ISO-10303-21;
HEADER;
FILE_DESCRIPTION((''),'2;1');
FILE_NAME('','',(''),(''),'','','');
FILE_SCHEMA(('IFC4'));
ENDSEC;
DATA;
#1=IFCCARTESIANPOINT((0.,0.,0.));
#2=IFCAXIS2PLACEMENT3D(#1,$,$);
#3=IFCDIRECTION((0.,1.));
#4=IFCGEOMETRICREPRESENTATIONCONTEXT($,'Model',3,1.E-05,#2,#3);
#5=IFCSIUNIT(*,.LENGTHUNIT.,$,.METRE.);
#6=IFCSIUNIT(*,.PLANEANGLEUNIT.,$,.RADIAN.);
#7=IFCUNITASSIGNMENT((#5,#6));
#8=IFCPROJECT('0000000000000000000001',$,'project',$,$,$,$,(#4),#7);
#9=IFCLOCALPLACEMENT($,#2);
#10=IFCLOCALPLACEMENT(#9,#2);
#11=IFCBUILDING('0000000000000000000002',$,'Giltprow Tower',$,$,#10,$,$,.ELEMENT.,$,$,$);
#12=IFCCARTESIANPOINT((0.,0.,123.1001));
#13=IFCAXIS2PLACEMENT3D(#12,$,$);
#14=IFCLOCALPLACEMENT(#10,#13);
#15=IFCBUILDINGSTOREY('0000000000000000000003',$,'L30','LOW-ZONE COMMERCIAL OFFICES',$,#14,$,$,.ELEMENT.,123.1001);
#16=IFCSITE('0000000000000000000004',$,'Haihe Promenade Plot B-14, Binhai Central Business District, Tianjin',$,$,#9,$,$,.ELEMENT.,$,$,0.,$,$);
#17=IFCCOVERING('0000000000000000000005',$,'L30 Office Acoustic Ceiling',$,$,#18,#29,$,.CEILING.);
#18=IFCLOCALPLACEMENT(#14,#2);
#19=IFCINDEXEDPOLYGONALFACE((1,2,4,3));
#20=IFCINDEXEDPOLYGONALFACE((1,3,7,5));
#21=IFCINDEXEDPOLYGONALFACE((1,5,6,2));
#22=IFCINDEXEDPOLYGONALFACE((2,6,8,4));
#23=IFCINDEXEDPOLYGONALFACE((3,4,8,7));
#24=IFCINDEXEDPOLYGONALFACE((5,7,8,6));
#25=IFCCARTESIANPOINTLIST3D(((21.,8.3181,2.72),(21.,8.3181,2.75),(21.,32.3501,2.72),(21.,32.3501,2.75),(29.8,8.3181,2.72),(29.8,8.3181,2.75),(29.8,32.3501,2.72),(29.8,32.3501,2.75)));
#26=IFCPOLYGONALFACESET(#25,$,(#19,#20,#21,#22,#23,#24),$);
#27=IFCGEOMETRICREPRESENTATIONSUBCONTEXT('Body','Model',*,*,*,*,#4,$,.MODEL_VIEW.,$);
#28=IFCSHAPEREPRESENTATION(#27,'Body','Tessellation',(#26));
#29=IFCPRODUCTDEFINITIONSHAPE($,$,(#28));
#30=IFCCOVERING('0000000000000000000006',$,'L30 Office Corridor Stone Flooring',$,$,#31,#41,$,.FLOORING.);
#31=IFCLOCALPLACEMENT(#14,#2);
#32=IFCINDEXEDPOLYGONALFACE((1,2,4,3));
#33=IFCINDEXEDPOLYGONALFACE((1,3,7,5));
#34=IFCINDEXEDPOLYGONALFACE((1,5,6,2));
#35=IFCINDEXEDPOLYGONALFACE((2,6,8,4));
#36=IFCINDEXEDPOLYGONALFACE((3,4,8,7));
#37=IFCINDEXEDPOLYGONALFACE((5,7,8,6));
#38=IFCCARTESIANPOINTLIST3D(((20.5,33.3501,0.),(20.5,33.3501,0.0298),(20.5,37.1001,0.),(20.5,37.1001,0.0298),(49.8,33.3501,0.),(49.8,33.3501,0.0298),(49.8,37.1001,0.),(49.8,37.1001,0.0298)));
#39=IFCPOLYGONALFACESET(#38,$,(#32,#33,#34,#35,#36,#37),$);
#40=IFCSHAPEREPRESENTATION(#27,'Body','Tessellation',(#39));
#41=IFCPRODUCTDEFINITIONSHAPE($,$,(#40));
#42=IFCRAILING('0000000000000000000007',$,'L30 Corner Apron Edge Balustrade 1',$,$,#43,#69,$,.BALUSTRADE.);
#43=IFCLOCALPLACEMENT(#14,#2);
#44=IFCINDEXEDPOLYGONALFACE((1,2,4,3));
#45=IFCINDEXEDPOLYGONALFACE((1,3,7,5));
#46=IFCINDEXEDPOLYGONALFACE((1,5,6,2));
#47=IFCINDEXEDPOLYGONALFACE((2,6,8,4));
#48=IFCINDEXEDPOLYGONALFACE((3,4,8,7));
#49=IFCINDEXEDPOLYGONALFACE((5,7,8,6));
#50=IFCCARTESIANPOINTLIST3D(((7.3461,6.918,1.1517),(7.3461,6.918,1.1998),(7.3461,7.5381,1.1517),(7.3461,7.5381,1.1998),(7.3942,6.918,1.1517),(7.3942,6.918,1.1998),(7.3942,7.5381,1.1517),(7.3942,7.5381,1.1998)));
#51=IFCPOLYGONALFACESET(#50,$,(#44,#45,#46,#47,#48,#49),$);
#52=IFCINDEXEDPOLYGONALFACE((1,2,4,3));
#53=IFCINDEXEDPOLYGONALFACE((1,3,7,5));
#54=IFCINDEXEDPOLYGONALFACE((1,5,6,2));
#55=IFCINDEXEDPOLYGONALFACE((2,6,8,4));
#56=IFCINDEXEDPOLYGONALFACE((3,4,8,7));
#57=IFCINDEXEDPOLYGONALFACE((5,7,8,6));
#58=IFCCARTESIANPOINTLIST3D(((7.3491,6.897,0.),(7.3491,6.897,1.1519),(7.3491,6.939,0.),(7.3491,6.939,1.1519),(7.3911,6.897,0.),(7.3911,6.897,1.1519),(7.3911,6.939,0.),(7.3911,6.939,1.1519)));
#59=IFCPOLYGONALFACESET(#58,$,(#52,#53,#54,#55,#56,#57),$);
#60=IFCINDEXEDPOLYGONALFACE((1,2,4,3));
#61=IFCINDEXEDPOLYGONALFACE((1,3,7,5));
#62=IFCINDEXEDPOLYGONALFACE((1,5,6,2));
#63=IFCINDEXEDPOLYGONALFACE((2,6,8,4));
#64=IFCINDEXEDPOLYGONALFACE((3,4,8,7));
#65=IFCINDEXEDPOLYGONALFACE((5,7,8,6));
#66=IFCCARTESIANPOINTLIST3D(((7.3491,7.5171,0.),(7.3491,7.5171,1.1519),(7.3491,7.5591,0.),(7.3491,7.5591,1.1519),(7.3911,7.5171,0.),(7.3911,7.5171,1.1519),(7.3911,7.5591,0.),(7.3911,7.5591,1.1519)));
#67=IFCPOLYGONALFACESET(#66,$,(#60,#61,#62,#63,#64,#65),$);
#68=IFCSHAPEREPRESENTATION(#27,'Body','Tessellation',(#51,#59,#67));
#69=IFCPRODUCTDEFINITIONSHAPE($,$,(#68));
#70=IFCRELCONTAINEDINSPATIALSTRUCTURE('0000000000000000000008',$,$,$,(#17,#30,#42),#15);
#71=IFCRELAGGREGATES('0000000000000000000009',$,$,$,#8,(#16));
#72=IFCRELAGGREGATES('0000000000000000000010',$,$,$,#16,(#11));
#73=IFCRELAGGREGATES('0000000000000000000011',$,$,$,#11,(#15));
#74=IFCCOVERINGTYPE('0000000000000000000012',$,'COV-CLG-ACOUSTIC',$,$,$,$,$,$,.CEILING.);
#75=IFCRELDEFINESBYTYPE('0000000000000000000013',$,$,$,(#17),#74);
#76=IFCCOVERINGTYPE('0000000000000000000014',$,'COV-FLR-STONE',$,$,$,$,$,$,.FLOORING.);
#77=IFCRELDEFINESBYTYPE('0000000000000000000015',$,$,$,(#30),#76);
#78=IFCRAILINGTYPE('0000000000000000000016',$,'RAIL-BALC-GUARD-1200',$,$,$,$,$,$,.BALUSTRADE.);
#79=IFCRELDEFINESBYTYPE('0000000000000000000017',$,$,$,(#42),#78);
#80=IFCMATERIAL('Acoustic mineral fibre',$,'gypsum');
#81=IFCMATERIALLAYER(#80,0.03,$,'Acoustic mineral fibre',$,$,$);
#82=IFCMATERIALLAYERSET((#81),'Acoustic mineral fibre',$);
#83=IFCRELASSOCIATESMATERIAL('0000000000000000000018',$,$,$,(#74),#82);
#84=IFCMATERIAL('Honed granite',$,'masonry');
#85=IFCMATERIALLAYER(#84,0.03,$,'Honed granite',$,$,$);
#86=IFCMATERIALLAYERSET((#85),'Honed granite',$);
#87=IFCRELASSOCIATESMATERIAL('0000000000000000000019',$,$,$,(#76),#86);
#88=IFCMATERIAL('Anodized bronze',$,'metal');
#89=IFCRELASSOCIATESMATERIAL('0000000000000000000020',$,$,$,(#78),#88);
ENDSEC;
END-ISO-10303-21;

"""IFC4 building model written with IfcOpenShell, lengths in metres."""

from ifc_helpers import new_model, si_unit, direction, frame, origin, origin_2d, place, context, subcontext, project, spatial, polyline, rectangle, outline, extrude, material, layer, layer_set, type_object, element, save


model = new_model("IFC4")

# Units and contexts
model_context = context("Model", 3, precision=1e-05, world=origin(), true_north=direction((0.0, 1.0)))
body_context = subcontext(model_context, "Body", "Model", "MODEL_VIEW")
ifc_project = project(units=[si_unit("LENGTHUNIT", "METRE"), si_unit("PLANEANGLEUNIT", "RADIAN")], contexts=[model_context])

# Site, building, storey
site_placement = place(None, origin())
site = spatial("IfcSite", under=ifc_project, at=site_placement, Name="Haihe Promenade Plot B-14, Binhai Central Business District, Tianjin", CompositionType="ELEMENT", RefElevation=0.0)
building_placement = place(site_placement, origin())
building = spatial("IfcBuilding", under=site, at=building_placement, Name="Giltprow Tower", CompositionType="ELEMENT")
storey_placement = place(building_placement, frame((0.0, 0.0, 123.1001)))
storey = spatial("IfcBuildingStorey", under=building, at=storey_placement, Name="L30", Description="LOW-ZONE COMMERCIAL OFFICES", CompositionType="ELEMENT", Elevation=123.1001)

# Shared definitions
ifc_material_1 = material(Name="Anodized bronze", Category="metal")

# Coverings
ifc_material_2 = material(Name="Acoustic mineral fibre", Category="gypsum")
ifc_layer_1 = layer(ifc_material_2, 0.03, Name="Acoustic mineral fibre")
ifc_layer_set_1 = layer_set([ifc_layer_1], Name="Acoustic mineral fibre")
covering_type_1 = type_object("IfcCoveringType", Name="COV-CLG-ACOUSTIC", PredefinedType="CEILING", material=ifc_layer_set_1)
covering_1_placement = place(storey_placement, frame((0.0, 0.0, 2.72)))
element("IfcCovering", 1, at=covering_1_placement, inside=storey, type_object=covering_type_1, Name="L30 Office Acoustic Ceiling", PredefinedType="CEILING", context=body_context, shape_type="SweptSolid", body=[
    extrude(outline(polyline([(21.0, 8.3181), (29.8, 8.3181), (29.8, 32.3501), (21.0, 32.3501), (21.0, 8.3181)])), origin(), (0.0, 0.0, 1.0), 0.03),
])
ifc_material_3 = material(Name="Honed granite", Category="masonry")
ifc_layer_2 = layer(ifc_material_3, 0.03, Name="Honed granite")
ifc_layer_set_2 = layer_set([ifc_layer_2], Name="Honed granite")
covering_type_2 = type_object("IfcCoveringType", Name="COV-FLR-STONE", PredefinedType="FLOORING", material=ifc_layer_set_2)
covering_2_placement = place(storey_placement, origin())
element("IfcCovering", 2, at=covering_2_placement, inside=storey, type_object=covering_type_2, Name="L30 Office Corridor Stone Flooring", PredefinedType="FLOORING", context=body_context, shape_type="SweptSolid", body=[
    extrude(outline(polyline([(20.5, 33.3501), (49.8, 33.3501), (49.8, 37.1001), (20.5, 37.1001), (20.5, 33.3501)])), origin(), (0.0, 0.0, 1.0), 0.0298),
])

# Railing
railing_type = type_object("IfcRailingType", Name="RAIL-BALC-GUARD-1200", PredefinedType="BALUSTRADE", material=ifc_material_1)
railing_placement = place(storey_placement, frame((7.3701, 6.918, 0.0)))
element("IfcRailing", 3, at=railing_placement, inside=storey, type_object=railing_type, Name="L30 Corner Apron Edge Balustrade 1", PredefinedType="BALUSTRADE", context=body_context, shape_type="SweptSolid", body=[
    extrude(rectangle(XDim=0.0481, YDim=0.0481, at=origin_2d()), frame((0.0, 0.0, 1.1758), z_axis=(0.0, 1.0, 0.0), x_axis=(-1.0, 0.0, 0.0)), (0.0, 0.0, 1.0), 0.6201),
    extrude(rectangle(XDim=0.042, YDim=0.042, at=origin_2d()), origin(), (0.0, 0.0, 1.0), 1.1519),
    extrude(rectangle(XDim=0.042, YDim=0.042, at=origin_2d()), frame((0.0, 0.6201, 0.0)), (0.0, 0.0, 1.0), 1.1519),
])

save(model, "model.ifc")
